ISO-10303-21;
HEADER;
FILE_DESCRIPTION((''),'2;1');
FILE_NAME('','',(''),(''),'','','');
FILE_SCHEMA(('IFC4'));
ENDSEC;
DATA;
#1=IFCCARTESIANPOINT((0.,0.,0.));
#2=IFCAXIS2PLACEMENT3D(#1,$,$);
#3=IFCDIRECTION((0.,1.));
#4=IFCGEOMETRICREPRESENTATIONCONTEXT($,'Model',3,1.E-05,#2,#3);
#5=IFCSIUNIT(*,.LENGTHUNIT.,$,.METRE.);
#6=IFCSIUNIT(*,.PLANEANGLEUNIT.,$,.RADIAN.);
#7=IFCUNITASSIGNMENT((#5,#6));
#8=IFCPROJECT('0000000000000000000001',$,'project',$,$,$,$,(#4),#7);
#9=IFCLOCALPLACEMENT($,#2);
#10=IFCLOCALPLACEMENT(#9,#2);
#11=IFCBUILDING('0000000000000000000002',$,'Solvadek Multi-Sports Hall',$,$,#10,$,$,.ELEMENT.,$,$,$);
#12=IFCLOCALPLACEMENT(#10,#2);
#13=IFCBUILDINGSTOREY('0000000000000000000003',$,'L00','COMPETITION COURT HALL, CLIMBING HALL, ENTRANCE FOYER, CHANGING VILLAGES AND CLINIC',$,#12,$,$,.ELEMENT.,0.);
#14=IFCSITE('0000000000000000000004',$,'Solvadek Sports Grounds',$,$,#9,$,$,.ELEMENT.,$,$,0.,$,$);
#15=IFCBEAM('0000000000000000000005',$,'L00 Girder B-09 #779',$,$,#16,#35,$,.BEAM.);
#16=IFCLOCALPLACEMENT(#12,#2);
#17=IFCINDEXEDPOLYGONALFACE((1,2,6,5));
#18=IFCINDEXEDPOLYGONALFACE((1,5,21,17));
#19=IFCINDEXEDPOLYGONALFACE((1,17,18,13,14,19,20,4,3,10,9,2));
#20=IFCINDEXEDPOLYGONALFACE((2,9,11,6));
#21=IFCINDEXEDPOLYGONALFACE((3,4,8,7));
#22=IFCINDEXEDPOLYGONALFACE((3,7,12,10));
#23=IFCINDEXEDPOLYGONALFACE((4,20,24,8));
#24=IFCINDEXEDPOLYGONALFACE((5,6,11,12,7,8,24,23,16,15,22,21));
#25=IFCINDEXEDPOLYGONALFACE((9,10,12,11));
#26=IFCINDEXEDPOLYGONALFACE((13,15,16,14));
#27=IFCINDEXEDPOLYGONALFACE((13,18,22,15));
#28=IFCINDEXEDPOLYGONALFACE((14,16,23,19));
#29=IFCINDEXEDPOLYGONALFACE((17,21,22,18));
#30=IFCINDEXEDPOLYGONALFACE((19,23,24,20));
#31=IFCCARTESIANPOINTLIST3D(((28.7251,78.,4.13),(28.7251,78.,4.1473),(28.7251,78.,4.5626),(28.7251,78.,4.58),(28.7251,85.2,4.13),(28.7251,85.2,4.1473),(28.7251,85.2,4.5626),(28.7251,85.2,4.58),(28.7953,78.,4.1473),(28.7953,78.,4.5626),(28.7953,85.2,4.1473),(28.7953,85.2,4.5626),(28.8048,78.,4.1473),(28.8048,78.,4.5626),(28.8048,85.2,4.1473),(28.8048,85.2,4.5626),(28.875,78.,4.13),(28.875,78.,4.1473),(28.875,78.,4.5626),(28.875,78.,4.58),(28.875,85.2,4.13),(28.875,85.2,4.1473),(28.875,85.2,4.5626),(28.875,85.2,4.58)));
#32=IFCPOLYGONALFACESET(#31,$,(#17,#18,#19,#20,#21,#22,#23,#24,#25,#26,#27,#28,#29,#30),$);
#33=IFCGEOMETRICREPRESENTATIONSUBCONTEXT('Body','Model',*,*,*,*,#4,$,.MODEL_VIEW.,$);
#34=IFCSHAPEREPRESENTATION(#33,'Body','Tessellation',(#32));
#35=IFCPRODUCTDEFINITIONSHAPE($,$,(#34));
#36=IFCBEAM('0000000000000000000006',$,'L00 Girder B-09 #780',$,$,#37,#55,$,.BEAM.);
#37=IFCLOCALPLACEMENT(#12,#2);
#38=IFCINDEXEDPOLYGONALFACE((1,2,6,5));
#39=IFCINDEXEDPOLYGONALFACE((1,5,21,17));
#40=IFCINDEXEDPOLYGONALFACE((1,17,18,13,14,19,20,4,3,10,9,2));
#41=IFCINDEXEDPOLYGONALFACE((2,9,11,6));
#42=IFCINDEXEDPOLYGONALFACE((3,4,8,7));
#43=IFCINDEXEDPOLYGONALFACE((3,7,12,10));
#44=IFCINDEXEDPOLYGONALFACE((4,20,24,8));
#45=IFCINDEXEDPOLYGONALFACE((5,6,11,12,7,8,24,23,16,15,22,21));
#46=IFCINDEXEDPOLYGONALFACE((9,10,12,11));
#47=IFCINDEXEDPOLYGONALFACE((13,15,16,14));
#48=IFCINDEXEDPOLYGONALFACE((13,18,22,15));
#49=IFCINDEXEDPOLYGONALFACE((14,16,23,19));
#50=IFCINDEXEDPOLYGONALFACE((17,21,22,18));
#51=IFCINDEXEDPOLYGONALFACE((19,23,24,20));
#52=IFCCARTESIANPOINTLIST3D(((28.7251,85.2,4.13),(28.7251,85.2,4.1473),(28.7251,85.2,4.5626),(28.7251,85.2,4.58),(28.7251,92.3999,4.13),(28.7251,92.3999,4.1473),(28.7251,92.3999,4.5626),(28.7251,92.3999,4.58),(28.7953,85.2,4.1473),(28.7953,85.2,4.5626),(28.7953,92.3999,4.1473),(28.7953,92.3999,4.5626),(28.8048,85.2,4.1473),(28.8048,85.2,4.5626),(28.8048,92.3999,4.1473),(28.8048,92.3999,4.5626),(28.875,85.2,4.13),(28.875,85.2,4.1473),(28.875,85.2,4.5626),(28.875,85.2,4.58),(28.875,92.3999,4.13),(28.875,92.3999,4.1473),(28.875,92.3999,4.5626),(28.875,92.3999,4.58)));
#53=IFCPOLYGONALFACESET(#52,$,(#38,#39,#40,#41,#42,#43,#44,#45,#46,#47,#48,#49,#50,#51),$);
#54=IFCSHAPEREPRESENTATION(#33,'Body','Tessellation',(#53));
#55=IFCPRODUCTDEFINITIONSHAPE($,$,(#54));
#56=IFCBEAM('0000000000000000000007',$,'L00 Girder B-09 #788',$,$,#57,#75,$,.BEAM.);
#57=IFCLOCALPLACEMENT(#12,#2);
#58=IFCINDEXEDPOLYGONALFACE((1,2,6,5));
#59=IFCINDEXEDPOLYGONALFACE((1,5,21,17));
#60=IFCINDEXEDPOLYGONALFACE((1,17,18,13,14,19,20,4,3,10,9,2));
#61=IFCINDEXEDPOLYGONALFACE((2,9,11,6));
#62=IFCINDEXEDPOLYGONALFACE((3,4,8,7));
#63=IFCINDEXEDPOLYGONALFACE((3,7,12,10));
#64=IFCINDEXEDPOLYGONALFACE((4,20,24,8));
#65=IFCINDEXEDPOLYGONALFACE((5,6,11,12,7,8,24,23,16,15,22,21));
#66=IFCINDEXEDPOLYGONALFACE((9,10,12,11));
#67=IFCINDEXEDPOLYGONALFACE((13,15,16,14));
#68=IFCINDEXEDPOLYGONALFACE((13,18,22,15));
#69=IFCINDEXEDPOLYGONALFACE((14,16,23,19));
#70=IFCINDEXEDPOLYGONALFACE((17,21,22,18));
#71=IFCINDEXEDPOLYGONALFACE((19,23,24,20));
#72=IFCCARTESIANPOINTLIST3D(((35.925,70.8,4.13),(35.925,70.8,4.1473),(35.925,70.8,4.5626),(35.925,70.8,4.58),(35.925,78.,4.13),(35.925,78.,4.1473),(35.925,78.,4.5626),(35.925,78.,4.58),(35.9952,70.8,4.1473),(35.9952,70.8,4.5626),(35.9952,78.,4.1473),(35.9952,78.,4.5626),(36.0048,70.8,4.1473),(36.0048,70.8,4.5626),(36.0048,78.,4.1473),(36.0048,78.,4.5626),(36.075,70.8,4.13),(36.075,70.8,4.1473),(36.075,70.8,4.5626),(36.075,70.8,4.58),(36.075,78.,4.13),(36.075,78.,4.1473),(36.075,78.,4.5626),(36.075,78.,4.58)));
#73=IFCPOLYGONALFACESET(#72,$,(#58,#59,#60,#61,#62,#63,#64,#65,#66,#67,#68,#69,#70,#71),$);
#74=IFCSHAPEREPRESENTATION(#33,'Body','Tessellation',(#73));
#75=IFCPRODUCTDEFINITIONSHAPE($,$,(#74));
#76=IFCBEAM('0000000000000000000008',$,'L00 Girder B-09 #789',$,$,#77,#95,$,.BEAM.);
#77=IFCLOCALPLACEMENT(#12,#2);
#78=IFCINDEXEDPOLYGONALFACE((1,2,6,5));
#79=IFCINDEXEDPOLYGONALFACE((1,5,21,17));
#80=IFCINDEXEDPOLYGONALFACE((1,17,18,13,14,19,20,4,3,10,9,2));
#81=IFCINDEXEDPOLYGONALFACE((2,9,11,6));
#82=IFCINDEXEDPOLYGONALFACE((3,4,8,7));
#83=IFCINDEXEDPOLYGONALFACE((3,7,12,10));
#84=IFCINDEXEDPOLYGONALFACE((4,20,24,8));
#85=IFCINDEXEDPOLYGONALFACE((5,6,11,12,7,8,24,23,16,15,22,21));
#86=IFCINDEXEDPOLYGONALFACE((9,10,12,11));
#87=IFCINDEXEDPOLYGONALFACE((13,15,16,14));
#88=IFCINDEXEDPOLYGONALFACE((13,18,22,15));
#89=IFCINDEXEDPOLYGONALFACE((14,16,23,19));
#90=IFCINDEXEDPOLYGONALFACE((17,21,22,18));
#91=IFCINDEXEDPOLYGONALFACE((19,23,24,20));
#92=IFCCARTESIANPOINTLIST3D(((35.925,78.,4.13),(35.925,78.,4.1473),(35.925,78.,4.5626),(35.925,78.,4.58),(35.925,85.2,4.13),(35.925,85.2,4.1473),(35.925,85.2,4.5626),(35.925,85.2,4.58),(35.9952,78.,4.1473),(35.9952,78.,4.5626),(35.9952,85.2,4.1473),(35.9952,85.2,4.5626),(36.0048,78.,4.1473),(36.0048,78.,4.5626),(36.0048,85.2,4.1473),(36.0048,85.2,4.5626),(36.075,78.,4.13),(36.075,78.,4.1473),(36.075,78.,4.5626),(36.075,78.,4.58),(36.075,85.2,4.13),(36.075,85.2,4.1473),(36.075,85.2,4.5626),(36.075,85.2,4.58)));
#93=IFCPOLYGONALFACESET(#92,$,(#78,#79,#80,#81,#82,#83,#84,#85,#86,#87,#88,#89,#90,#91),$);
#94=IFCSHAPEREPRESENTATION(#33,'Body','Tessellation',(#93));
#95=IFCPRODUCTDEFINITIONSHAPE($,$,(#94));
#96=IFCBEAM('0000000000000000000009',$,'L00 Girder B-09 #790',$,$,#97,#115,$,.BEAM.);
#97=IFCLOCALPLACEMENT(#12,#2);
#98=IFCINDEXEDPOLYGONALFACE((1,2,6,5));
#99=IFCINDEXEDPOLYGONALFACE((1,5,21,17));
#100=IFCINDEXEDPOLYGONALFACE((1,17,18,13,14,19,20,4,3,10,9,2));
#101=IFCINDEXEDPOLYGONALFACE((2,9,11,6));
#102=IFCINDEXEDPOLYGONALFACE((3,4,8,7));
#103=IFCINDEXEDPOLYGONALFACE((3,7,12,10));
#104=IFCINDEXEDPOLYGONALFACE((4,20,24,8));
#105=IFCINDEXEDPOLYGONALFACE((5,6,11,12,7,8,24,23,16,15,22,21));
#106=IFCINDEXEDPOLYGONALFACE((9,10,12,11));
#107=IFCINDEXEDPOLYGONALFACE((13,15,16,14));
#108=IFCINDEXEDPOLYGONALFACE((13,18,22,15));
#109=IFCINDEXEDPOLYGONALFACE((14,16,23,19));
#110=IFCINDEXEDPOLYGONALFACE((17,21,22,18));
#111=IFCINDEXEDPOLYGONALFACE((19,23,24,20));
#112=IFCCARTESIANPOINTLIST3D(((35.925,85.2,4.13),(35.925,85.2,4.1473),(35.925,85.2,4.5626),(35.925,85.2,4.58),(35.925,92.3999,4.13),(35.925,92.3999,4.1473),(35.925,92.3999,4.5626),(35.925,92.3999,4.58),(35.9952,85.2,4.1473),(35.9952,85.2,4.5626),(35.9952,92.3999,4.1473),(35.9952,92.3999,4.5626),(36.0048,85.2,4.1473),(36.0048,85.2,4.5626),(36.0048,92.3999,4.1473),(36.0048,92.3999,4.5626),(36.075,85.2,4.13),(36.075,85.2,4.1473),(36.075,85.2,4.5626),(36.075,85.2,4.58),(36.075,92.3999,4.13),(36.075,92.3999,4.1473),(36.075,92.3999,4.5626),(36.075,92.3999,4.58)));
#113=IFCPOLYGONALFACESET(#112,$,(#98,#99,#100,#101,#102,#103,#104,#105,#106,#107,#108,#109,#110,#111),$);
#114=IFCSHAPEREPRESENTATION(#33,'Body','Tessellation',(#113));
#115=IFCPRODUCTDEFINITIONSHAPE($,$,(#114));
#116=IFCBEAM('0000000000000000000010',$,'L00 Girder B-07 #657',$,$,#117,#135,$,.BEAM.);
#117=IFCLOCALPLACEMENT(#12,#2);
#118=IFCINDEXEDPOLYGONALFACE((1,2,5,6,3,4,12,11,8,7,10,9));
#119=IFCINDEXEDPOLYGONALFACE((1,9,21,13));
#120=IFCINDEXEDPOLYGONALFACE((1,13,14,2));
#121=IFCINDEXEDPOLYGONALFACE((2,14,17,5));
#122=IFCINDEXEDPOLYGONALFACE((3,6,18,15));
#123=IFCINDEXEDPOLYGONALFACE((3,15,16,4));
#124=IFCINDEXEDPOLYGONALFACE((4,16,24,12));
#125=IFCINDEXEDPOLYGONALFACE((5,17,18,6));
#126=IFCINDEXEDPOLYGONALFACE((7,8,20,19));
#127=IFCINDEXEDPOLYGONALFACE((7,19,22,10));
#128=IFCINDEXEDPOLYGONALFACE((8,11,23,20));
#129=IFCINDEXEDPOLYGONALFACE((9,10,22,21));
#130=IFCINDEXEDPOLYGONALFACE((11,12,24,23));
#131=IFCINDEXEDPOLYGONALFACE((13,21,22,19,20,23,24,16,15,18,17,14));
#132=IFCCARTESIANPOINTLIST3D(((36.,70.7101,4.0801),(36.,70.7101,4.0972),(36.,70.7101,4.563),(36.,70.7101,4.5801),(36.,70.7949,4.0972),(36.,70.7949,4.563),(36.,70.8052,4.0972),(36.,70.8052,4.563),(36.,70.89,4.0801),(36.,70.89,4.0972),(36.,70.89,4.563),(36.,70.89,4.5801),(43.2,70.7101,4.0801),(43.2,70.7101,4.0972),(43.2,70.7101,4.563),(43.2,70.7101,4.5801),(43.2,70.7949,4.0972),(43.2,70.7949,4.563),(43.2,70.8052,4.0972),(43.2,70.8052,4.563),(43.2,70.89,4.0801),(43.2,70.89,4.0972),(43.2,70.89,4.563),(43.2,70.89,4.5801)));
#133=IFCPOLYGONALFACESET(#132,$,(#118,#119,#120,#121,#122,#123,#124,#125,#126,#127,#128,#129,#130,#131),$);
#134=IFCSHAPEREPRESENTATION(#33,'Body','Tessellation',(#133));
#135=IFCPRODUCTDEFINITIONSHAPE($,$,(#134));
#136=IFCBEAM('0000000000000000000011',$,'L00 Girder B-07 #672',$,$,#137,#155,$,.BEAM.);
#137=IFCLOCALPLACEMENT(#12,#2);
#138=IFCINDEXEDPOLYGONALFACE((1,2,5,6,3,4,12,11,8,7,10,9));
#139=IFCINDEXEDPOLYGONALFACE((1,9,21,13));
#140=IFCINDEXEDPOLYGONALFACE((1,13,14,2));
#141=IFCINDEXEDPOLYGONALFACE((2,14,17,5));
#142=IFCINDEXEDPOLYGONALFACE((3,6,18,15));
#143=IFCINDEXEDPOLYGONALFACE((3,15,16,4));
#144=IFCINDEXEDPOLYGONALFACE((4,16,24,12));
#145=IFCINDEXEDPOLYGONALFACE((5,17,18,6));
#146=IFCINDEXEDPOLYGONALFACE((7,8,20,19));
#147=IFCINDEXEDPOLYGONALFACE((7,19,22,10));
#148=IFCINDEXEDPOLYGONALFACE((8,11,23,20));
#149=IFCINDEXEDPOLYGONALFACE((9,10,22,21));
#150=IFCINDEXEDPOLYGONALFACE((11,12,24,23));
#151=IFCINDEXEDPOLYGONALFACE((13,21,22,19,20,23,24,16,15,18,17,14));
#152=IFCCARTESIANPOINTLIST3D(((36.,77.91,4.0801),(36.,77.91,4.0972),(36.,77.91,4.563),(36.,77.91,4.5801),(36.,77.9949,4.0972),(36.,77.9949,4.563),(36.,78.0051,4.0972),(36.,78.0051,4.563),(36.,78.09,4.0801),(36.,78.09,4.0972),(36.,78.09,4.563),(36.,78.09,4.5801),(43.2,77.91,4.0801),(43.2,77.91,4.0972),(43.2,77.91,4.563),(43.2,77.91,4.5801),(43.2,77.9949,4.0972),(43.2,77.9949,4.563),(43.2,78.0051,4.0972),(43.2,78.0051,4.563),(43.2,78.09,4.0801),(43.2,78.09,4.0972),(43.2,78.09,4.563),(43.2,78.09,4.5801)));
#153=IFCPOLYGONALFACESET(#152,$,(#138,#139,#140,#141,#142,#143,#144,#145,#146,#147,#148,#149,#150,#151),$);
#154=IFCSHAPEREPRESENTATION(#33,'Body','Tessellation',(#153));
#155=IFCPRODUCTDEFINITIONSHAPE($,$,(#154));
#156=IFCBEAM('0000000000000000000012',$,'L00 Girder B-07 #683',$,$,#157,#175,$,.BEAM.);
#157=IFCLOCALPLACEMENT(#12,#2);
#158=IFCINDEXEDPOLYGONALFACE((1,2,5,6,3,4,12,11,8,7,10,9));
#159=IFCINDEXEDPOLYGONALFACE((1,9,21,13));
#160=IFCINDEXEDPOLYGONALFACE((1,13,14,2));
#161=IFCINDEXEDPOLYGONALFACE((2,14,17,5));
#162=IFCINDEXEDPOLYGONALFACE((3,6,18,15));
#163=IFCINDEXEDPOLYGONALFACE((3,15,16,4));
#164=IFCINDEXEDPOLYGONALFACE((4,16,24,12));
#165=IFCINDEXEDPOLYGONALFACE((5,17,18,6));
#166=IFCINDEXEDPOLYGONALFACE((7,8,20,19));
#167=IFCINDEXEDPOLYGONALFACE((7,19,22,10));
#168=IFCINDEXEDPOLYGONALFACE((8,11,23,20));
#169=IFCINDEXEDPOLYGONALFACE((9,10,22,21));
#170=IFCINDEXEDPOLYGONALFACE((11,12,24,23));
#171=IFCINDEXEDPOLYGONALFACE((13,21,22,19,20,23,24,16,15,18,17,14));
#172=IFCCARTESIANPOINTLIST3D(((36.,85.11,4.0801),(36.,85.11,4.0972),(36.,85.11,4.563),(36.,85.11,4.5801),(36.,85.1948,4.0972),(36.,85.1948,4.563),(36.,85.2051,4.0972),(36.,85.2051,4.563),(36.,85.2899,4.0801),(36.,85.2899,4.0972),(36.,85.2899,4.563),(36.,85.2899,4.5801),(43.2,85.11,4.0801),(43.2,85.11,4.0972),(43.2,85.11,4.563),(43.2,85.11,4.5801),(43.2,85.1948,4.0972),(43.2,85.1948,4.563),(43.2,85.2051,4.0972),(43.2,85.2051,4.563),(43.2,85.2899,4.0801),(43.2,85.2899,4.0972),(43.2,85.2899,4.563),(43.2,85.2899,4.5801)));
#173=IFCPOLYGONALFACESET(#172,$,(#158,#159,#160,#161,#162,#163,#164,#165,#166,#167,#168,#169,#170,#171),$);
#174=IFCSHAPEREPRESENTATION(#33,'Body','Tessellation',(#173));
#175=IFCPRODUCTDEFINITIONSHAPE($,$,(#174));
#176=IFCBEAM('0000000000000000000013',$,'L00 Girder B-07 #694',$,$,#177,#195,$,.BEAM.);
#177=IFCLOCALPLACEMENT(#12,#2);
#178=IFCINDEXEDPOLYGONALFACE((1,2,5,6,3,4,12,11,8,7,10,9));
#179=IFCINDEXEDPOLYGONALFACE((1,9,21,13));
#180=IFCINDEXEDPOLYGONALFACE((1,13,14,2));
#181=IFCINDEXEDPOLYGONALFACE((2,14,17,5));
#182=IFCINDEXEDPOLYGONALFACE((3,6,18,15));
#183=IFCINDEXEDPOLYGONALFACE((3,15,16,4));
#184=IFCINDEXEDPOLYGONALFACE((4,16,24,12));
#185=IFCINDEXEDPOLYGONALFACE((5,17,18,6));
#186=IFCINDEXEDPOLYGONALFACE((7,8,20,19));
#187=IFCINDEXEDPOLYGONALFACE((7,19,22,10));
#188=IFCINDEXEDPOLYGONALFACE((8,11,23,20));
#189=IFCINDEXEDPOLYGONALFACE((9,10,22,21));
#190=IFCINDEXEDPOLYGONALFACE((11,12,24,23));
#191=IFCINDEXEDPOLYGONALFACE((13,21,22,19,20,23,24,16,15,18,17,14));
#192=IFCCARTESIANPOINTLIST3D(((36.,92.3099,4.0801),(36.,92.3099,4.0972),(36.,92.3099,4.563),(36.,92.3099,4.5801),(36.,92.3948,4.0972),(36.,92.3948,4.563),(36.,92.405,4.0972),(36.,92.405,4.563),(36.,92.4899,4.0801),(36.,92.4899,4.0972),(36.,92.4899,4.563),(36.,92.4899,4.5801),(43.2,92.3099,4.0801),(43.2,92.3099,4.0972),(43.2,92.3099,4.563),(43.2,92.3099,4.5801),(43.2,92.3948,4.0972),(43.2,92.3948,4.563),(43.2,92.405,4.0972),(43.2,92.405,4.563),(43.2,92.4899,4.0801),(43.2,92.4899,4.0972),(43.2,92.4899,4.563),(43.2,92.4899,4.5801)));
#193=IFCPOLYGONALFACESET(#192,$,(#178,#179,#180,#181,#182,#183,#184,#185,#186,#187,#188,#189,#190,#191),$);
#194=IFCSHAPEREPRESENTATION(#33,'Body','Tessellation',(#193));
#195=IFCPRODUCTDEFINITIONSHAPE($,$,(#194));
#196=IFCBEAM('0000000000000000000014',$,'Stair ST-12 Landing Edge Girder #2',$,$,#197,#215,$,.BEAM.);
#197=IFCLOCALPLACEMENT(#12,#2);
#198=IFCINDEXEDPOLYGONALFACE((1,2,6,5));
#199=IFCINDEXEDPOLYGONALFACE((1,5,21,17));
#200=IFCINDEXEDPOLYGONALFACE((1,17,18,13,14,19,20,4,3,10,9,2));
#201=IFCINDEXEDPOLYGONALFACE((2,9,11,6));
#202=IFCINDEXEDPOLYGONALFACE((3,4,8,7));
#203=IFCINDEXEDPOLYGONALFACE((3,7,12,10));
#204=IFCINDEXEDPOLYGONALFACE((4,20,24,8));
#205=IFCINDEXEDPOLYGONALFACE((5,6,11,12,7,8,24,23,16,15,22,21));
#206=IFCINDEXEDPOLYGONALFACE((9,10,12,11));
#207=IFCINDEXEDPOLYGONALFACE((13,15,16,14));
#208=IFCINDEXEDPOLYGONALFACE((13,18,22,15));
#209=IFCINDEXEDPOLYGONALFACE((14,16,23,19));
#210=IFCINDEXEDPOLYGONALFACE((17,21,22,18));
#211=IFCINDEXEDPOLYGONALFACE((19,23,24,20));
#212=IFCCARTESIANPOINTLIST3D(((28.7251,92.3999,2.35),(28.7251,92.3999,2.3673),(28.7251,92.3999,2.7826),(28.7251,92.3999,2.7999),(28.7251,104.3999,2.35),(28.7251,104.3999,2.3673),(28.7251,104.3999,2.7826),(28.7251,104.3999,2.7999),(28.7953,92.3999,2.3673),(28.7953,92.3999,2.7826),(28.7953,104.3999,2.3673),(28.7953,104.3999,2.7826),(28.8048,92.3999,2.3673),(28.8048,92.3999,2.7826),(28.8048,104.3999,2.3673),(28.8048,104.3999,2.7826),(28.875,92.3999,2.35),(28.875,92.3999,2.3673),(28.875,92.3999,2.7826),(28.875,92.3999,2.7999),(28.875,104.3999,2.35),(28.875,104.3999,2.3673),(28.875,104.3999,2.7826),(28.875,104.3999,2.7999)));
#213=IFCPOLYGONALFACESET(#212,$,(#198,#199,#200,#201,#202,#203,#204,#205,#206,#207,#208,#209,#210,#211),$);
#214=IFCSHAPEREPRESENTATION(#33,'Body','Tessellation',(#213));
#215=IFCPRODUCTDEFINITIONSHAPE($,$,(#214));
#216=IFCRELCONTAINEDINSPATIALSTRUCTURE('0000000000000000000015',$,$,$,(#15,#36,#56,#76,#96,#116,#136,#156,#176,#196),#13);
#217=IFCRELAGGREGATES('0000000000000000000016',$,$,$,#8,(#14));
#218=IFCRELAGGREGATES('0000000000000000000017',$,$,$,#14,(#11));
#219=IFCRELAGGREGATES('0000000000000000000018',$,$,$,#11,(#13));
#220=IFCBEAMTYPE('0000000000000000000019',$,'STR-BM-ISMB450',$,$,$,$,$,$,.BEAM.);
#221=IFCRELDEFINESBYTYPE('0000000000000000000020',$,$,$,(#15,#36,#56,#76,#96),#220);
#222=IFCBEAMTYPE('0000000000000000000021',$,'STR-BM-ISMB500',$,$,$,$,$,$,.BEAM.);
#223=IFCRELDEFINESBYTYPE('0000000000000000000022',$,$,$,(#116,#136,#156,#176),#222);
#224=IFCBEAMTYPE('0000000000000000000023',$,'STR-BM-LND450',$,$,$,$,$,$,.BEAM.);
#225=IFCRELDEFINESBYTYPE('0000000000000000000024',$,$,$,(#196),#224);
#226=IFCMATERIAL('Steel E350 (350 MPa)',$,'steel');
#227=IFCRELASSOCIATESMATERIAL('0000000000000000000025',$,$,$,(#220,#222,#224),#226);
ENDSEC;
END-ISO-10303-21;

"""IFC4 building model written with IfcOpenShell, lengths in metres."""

from ifc_helpers import new_model, si_unit, direction, frame, origin, origin_2d, place, context, subcontext, project, spatial, i_section, extrude, material, material_profile, profile_set, type_object, element, save


model = new_model("IFC4")

# Units and contexts
model_context = context("Model", 3, precision=1e-05, world=origin(), true_north=direction((0.0, 1.0)))
body_context = subcontext(model_context, "Body", "Model", "MODEL_VIEW")
ifc_project = project(units=[si_unit("LENGTHUNIT", "METRE"), si_unit("PLANEANGLEUNIT", "RADIAN")], contexts=[model_context])

# Site, building, storey
site_placement = place(None, origin())
site = spatial("IfcSite", under=ifc_project, at=site_placement, Name="Solvadek Sports Grounds", CompositionType="ELEMENT", RefElevation=0.0)
building_placement = place(site_placement, origin())
building = spatial("IfcBuilding", under=site, at=building_placement, Name="Solvadek Multi-Sports Hall", CompositionType="ELEMENT")
storey_placement = place(building_placement, origin())
storey = spatial("IfcBuildingStorey", under=building, at=storey_placement, Name="L00", Description="COMPETITION COURT HALL, CLIMBING HALL, ENTRANCE FOYER, CHANGING VILLAGES AND CLINIC", CompositionType="ELEMENT", Elevation=0.0)

# Shared definitions
ifc_material_1 = material(Name="Steel E350 (350 MPa)", Category="steel")

# Beams
ifc_material_profile_1 = material_profile(ifc_material_1, i_section(OverallWidth=0.1499, OverallDepth=0.45, WebThickness=0.0095, FlangeThickness=0.0173, at=origin_2d()), Name="ISMB 450")
ifc_profile_set_1 = profile_set([ifc_material_profile_1], Name="Steel E350 (350 MPa)")
beam_type_1 = type_object("IfcBeamType", Name="STR-BM-ISMB450", PredefinedType="BEAM", material=ifc_profile_set_1)
for number, where, z_axis, x_axis, name in (
    (1, (28.8, 78.0, 4.355), (0.0, 1.0, 0.0), (-1.0, 0.0, 0.0), "L00 Girder B-09 #779"),
    (2, (28.8, 85.2, 4.355), (0.0, 1.0, 0.0), (-1.0, 0.0, 0.0), "L00 Girder B-09 #780"),
    (3, (36.0, 70.8, 4.355), (0.0, 1.0, 0.0), (-1.0, 0.0, 0.0), "L00 Girder B-09 #788"),
    (4, (36.0, 78.0, 4.355), (0.0, 1.0, 0.0), (-1.0, 0.0, 0.0), "L00 Girder B-09 #789"),
    (5, (36.0, 85.2, 4.355), (0.0, 1.0, 0.0), (-1.0, 0.0, 0.0), "L00 Girder B-09 #790"),
):
    element("IfcBeam", number, at=place(storey_placement, frame(where, z_axis=z_axis, x_axis=x_axis)), inside=storey, type_object=beam_type_1, Name=name, PredefinedType="BEAM", context=body_context, shape_type="SweptSolid", body=[
        extrude(i_section(OverallWidth=0.1499, OverallDepth=0.45, WebThickness=0.0095, FlangeThickness=0.0173, at=origin_2d()), origin(), (0.0, 0.0, 1.0), 7.2),
    ])
ifc_material_profile_2 = material_profile(ifc_material_1, i_section(OverallWidth=0.1799, OverallDepth=0.5, WebThickness=0.0103, FlangeThickness=0.0171, at=origin_2d()), Name="ISMB 500")
ifc_profile_set_2 = profile_set([ifc_material_profile_2], Name="Steel E350 (350 MPa)")
beam_type_2 = type_object("IfcBeamType", Name="STR-BM-ISMB500", PredefinedType="BEAM", material=ifc_profile_set_2)
for number, where, z_axis, x_axis, name in (
    (6, (36.0, 70.8, 4.3301), (1.0, 0.0, 0.0), (0.0, 1.0, 0.0), "L00 Girder B-07 #657"),
    (7, (36.0, 78.0, 4.3301), (1.0, 0.0, 0.0), (0.0, 1.0, 0.0), "L00 Girder B-07 #672"),
    (8, (36.0, 85.2, 4.3301), (1.0, 0.0, 0.0), (0.0, 1.0, 0.0), "L00 Girder B-07 #683"),
    (9, (36.0, 92.3999, 4.3301), (1.0, 0.0, 0.0), (0.0, 1.0, 0.0), "L00 Girder B-07 #694"),
):
    element("IfcBeam", number, at=place(storey_placement, frame(where, z_axis=z_axis, x_axis=x_axis)), inside=storey, type_object=beam_type_2, Name=name, PredefinedType="BEAM", context=body_context, shape_type="SweptSolid", body=[
        extrude(i_section(OverallWidth=0.1799, OverallDepth=0.5, WebThickness=0.0103, FlangeThickness=0.0171, at=origin_2d()), origin(), (0.0, 0.0, 1.0), 7.2),
    ])
ifc_material_profile_3 = material_profile(ifc_material_1, i_section(OverallWidth=0.1499, OverallDepth=0.45, WebThickness=0.0095, FlangeThickness=0.0173, at=origin_2d()), Name="ISMB 450")
ifc_profile_set_3 = profile_set([ifc_material_profile_3], Name="Steel E350 (350 MPa)")
beam_type_3 = type_object("IfcBeamType", Name="STR-BM-LND450", PredefinedType="BEAM", material=ifc_profile_set_3)
beam_placement = place(storey_placement, frame((28.8, 92.3999, 2.575), z_axis=(0.0, 1.0, 0.0), x_axis=(-1.0, 0.0, 0.0)))
element("IfcBeam", 10, at=beam_placement, inside=storey, type_object=beam_type_3, Name="Stair ST-12 Landing Edge Girder #2", PredefinedType="BEAM", context=body_context, shape_type="SweptSolid", body=[
    extrude(i_section(OverallWidth=0.1499, OverallDepth=0.45, WebThickness=0.0095, FlangeThickness=0.0173, at=origin_2d()), origin(), (0.0, 0.0, 1.0), 12.0),
])

save(model, "model.ifc")
